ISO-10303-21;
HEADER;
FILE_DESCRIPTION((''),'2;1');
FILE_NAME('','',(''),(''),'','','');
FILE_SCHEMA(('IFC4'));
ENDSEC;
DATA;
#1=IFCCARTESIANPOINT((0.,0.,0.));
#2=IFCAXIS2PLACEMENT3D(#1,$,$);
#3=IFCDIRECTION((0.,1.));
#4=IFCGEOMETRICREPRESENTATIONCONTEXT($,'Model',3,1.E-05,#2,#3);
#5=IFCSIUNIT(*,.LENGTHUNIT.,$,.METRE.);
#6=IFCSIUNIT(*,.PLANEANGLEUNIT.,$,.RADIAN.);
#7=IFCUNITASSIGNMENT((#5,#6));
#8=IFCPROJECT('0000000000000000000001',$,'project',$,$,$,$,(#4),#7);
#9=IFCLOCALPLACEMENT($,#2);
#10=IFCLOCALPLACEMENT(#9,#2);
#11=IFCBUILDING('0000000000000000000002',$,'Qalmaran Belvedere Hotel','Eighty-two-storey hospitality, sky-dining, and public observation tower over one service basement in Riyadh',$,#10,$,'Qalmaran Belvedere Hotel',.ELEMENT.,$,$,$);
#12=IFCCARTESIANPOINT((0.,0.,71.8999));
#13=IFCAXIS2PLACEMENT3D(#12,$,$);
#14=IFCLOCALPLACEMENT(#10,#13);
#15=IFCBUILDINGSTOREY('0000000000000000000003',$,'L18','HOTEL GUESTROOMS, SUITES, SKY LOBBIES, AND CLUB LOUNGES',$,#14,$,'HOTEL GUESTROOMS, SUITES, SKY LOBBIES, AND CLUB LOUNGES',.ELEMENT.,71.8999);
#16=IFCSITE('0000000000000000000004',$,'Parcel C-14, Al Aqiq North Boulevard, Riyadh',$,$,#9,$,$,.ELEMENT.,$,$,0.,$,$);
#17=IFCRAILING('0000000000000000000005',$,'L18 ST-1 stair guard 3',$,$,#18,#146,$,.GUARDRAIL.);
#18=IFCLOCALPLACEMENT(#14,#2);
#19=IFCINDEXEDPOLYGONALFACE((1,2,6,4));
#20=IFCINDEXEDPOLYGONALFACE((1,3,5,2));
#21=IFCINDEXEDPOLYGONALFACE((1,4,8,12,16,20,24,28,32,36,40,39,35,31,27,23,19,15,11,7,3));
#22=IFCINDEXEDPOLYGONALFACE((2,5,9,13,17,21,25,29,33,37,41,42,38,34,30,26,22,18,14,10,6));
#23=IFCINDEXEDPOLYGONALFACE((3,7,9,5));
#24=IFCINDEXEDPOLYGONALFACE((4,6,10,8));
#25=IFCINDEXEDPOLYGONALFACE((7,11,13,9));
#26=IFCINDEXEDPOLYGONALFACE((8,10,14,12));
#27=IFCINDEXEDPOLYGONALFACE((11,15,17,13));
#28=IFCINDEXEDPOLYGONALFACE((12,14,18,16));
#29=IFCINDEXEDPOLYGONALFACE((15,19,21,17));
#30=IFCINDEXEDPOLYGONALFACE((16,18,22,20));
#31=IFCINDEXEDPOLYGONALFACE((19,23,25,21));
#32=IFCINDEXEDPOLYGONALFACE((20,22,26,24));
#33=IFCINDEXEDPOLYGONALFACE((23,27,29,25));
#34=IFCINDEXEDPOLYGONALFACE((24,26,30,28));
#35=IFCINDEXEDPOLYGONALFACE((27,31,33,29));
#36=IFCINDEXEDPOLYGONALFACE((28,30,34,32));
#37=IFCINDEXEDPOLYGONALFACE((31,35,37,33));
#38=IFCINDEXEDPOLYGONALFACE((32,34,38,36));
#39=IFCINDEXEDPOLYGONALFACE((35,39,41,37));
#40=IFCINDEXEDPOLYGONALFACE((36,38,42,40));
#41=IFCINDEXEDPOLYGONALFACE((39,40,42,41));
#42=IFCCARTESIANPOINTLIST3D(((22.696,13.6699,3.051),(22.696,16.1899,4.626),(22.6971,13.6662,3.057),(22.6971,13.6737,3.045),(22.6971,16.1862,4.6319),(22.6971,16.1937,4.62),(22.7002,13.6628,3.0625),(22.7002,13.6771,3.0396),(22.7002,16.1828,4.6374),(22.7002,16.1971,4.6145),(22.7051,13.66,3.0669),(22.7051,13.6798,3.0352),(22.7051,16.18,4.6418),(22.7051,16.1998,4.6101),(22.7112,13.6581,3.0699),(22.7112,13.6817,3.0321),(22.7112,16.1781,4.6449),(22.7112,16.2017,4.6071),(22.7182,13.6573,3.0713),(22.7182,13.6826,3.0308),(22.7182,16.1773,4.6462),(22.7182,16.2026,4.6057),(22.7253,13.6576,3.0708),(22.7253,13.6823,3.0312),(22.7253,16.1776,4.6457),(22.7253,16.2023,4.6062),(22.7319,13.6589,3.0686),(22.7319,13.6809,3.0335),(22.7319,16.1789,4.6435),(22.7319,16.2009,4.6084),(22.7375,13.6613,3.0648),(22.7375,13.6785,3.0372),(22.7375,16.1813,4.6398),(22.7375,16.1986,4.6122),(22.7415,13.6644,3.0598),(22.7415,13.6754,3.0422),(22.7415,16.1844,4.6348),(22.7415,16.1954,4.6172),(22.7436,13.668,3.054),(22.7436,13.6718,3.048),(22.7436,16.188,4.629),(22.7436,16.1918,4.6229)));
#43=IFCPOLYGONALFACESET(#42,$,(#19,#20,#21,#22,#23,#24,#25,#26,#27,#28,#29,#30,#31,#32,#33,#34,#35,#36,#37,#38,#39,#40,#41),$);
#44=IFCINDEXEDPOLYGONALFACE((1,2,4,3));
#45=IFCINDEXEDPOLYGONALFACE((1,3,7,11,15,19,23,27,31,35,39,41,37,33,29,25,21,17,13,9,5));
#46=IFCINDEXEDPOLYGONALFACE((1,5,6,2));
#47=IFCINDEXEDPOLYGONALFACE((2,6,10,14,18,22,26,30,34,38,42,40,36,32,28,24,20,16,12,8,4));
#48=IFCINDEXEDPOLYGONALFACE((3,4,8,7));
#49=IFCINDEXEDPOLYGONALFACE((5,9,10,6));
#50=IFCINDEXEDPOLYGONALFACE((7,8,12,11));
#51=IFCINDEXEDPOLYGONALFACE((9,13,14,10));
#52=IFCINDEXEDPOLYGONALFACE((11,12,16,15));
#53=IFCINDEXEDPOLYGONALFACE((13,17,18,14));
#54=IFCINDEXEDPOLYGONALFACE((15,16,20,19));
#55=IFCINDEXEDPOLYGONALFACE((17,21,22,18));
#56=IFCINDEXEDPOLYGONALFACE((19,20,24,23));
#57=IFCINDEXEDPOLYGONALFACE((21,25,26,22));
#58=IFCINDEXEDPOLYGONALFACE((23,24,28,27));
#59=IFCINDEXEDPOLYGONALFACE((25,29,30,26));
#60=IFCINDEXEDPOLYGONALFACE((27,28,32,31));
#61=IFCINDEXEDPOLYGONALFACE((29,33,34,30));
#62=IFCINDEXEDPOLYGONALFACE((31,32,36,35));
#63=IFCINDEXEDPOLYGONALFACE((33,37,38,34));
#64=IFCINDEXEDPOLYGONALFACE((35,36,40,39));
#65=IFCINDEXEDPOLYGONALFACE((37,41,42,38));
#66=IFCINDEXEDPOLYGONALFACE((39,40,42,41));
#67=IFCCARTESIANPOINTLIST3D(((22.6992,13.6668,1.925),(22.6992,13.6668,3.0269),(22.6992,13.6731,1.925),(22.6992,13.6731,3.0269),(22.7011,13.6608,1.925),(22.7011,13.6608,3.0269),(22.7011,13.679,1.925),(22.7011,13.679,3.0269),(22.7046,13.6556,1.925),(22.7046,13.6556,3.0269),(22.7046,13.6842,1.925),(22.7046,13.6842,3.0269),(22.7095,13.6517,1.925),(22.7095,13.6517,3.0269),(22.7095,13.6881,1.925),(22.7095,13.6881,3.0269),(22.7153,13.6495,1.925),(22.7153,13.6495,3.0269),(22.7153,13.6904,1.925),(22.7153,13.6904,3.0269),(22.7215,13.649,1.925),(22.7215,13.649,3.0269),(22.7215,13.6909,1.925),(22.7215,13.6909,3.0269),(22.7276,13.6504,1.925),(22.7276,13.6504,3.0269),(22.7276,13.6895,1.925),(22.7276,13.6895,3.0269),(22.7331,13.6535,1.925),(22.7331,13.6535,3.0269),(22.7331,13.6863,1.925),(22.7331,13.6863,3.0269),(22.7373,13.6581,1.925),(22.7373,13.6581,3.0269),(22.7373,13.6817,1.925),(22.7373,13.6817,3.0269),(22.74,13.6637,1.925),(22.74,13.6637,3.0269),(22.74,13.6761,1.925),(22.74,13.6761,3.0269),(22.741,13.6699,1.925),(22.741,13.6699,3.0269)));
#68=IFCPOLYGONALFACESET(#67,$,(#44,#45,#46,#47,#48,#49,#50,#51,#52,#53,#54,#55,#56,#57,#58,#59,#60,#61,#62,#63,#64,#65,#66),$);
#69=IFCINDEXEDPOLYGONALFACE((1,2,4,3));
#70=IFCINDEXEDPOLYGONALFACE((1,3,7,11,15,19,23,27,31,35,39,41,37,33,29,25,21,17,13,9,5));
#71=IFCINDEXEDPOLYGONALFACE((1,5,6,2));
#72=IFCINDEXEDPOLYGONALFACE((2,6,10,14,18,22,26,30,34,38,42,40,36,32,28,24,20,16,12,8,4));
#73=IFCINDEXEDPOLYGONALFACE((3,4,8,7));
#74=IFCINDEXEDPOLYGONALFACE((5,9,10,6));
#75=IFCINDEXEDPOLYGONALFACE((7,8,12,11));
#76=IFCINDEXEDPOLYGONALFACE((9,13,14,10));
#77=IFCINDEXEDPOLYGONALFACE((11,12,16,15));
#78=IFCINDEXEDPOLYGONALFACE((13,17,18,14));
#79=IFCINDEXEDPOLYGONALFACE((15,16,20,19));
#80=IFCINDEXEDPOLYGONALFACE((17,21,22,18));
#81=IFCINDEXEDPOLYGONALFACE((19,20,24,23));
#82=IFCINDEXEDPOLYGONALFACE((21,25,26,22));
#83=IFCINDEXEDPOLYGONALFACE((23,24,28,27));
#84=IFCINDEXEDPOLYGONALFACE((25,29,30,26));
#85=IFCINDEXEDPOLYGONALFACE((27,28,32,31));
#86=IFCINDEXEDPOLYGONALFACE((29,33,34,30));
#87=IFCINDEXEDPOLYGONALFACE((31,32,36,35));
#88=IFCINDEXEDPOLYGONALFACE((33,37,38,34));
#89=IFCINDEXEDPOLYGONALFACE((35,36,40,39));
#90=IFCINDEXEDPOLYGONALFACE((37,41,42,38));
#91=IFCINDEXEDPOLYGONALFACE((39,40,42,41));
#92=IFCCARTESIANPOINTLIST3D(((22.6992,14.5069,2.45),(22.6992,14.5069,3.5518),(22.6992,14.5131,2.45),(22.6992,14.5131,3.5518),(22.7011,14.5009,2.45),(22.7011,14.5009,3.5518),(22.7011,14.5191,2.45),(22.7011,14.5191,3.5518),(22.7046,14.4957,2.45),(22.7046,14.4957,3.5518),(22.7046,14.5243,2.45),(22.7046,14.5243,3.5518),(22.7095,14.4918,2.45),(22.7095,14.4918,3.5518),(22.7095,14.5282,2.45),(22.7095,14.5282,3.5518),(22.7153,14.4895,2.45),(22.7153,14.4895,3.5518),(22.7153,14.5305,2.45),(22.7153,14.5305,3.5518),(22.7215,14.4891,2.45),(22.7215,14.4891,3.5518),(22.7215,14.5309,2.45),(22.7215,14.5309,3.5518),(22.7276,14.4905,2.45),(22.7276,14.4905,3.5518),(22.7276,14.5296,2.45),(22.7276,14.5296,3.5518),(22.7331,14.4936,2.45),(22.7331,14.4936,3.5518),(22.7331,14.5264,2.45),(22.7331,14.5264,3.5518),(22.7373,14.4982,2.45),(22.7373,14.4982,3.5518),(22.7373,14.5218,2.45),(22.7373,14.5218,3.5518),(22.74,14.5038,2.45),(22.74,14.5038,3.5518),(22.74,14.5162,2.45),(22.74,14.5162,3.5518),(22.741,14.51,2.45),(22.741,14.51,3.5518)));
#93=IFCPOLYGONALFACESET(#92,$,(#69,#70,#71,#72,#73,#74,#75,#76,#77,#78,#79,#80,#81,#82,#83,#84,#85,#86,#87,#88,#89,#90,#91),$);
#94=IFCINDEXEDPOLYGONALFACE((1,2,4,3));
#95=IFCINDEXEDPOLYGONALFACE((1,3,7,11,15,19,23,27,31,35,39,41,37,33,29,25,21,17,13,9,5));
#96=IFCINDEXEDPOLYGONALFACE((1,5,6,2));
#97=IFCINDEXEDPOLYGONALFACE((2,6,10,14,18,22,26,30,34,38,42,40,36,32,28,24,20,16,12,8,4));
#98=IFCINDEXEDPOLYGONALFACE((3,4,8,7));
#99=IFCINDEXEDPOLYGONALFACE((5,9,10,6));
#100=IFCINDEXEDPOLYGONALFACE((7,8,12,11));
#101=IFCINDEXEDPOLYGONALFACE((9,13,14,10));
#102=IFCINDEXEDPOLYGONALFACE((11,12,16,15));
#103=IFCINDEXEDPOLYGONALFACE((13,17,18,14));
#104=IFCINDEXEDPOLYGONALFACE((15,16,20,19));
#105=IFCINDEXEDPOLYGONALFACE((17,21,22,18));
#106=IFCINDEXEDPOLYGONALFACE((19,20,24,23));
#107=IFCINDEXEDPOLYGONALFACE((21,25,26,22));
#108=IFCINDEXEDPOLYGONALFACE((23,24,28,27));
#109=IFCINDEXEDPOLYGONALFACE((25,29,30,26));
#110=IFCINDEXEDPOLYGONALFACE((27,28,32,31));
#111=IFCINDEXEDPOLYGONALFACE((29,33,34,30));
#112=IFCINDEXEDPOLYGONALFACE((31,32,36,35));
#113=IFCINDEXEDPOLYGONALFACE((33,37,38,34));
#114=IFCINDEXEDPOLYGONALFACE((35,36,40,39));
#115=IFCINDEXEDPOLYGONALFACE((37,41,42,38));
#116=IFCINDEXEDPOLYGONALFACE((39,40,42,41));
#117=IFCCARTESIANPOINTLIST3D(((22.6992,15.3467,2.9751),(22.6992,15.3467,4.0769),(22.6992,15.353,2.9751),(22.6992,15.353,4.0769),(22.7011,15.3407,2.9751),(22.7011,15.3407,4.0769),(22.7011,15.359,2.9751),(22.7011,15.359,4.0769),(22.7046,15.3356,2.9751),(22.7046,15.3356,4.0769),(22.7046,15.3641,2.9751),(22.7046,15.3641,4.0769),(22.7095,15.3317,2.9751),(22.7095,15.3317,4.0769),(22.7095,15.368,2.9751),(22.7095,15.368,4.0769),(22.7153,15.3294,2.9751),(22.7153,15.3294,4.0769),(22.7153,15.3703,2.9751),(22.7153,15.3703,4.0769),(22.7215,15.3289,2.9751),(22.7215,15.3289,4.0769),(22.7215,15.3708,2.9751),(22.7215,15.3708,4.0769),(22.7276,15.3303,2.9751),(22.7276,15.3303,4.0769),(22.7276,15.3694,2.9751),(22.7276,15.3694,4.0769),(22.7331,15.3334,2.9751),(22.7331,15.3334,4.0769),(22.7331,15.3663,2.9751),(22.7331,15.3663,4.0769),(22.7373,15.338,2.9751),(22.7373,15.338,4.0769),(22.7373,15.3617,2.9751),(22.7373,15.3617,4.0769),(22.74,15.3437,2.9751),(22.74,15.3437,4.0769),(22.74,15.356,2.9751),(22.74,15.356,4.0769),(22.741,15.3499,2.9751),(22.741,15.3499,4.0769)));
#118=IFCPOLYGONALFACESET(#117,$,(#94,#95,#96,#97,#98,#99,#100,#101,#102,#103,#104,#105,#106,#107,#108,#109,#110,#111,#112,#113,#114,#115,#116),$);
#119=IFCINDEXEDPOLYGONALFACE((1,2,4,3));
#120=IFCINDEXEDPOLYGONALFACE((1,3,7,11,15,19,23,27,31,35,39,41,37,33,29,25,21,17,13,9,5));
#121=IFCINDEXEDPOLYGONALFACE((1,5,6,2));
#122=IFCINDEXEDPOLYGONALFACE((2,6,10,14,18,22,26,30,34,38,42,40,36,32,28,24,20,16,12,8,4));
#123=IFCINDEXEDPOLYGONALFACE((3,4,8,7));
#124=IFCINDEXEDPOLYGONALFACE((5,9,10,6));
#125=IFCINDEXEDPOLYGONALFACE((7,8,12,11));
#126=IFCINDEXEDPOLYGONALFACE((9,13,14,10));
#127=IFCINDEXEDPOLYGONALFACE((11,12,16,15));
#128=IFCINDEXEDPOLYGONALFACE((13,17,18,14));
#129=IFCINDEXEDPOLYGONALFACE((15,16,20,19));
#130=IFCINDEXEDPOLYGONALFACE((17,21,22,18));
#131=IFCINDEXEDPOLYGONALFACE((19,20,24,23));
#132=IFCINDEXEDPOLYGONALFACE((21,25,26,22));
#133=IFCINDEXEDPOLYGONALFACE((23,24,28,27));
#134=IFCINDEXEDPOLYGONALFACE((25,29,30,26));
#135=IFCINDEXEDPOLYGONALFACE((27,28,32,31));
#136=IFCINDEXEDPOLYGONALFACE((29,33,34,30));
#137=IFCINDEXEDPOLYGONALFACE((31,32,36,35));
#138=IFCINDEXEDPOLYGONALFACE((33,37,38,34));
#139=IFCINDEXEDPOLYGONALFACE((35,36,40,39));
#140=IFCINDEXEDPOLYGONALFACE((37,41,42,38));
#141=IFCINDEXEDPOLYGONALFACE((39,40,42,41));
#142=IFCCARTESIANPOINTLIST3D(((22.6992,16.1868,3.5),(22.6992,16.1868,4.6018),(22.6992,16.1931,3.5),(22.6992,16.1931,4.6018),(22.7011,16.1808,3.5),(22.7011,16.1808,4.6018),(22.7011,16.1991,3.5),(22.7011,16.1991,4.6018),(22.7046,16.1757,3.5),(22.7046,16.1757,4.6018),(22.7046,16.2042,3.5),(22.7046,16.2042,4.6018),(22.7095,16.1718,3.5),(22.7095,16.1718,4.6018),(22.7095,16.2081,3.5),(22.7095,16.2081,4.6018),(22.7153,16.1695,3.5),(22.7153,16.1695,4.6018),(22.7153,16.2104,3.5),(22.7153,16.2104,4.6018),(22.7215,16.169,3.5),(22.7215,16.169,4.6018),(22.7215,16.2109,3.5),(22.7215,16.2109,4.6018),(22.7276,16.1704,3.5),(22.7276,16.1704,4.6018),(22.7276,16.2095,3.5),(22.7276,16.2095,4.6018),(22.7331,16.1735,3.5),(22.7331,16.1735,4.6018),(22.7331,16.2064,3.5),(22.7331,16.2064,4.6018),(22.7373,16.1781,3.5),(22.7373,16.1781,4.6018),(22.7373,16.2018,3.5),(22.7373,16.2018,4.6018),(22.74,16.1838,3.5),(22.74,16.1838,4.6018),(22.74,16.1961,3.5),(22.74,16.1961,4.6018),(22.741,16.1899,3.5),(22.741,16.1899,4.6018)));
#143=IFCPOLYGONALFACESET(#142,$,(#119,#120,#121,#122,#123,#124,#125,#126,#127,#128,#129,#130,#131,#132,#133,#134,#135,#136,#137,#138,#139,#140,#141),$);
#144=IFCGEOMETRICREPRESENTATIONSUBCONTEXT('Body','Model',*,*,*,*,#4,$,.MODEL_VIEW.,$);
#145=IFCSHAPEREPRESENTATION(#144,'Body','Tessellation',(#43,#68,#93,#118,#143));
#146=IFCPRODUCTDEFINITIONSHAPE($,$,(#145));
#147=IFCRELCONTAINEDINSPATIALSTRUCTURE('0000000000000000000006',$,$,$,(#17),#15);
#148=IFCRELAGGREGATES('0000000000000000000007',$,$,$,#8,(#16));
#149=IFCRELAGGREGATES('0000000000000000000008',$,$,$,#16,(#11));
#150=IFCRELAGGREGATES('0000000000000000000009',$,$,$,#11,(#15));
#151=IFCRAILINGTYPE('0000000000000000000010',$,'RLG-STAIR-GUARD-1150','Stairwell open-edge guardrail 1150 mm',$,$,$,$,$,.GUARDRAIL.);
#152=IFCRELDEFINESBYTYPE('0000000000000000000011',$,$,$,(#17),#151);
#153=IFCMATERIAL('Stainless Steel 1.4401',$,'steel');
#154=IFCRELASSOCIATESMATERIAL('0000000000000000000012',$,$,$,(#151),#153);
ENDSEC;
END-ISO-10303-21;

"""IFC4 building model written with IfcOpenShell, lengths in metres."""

from ifc_helpers import new_model, si_unit, direction, frame, origin, origin_2d, place, context, subcontext, project, spatial, circle, extrude, material, type_object, element, save


model = new_model("IFC4")

# Units and contexts
model_context = context("Model", 3, precision=1e-05, world=origin(), true_north=direction((0.0, 1.0)))
body_context = subcontext(model_context, "Body", "Model", "MODEL_VIEW")
ifc_project = project(units=[si_unit("LENGTHUNIT", "METRE"), si_unit("PLANEANGLEUNIT", "RADIAN")], contexts=[model_context])

# Site, building, storey
site_placement = place(None, origin())
site = spatial("IfcSite", under=ifc_project, at=site_placement, Name="Parcel C-14, Al Aqiq North Boulevard, Riyadh", CompositionType="ELEMENT", RefElevation=0.0)
building_placement = place(site_placement, origin())
building = spatial("IfcBuilding", under=site, at=building_placement, Name="Qalmaran Belvedere Hotel", Description="Eighty-two-storey hospitality, sky-dining, and public observation tower over one service basement in Riyadh", LongName="Qalmaran Belvedere Hotel", CompositionType="ELEMENT")
storey_placement = place(building_placement, frame((0.0, 0.0, 71.8999)))
storey = spatial("IfcBuildingStorey", under=building, at=storey_placement, Name="L18", Description="HOTEL GUESTROOMS, SUITES, SKY LOBBIES, AND CLUB LOUNGES", LongName="HOTEL GUESTROOMS, SUITES, SKY LOBBIES, AND CLUB LOUNGES", CompositionType="ELEMENT", Elevation=71.8999)

# Railing
ifc_material_1 = material(Name="Stainless Steel 1.4401", Category="steel")
railing_type_1 = type_object("IfcRailingType", Name="RLG-STAIR-GUARD-1150", Description="Stairwell open-edge guardrail 1150 mm", PredefinedType="GUARDRAIL", material=ifc_material_1)
railing_1_placement = place(storey_placement, frame((22.72, 13.6699, 1.925)))
element("IfcRailing", 1, at=railing_1_placement, inside=storey, type_object=railing_type_1, Name="L18 ST-1 stair guard 3", PredefinedType="GUARDRAIL", context=body_context, shape_type="SweptSolid", body=[
    extrude(circle(Radius=0.0239, at=origin_2d()), frame((0.0, 0.0, 1.126), z_axis=(0.0, 0.848008, 0.529984), x_axis=(-1.0, 0.0, 0.0)), (0.0, 0.0, 1.0), 2.9717),
    extrude(circle(Radius=0.021, at=origin_2d()), origin(), (0.0, 0.0, 1.0), 1.1018),
    extrude(circle(Radius=0.021, at=origin_2d()), frame((0.0, 0.8401, 0.5249)), (0.0, 0.0, 1.0), 1.1018),
    extrude(circle(Radius=0.021, at=origin_2d()), frame((0.0, 1.6799, 1.05)), (0.0, 0.0, 1.0), 1.1018),
    extrude(circle(Radius=0.021, at=origin_2d()), frame((0.0, 2.52, 1.575)), (0.0, 0.0, 1.0), 1.1018),
])

save(model, "model.ifc")
